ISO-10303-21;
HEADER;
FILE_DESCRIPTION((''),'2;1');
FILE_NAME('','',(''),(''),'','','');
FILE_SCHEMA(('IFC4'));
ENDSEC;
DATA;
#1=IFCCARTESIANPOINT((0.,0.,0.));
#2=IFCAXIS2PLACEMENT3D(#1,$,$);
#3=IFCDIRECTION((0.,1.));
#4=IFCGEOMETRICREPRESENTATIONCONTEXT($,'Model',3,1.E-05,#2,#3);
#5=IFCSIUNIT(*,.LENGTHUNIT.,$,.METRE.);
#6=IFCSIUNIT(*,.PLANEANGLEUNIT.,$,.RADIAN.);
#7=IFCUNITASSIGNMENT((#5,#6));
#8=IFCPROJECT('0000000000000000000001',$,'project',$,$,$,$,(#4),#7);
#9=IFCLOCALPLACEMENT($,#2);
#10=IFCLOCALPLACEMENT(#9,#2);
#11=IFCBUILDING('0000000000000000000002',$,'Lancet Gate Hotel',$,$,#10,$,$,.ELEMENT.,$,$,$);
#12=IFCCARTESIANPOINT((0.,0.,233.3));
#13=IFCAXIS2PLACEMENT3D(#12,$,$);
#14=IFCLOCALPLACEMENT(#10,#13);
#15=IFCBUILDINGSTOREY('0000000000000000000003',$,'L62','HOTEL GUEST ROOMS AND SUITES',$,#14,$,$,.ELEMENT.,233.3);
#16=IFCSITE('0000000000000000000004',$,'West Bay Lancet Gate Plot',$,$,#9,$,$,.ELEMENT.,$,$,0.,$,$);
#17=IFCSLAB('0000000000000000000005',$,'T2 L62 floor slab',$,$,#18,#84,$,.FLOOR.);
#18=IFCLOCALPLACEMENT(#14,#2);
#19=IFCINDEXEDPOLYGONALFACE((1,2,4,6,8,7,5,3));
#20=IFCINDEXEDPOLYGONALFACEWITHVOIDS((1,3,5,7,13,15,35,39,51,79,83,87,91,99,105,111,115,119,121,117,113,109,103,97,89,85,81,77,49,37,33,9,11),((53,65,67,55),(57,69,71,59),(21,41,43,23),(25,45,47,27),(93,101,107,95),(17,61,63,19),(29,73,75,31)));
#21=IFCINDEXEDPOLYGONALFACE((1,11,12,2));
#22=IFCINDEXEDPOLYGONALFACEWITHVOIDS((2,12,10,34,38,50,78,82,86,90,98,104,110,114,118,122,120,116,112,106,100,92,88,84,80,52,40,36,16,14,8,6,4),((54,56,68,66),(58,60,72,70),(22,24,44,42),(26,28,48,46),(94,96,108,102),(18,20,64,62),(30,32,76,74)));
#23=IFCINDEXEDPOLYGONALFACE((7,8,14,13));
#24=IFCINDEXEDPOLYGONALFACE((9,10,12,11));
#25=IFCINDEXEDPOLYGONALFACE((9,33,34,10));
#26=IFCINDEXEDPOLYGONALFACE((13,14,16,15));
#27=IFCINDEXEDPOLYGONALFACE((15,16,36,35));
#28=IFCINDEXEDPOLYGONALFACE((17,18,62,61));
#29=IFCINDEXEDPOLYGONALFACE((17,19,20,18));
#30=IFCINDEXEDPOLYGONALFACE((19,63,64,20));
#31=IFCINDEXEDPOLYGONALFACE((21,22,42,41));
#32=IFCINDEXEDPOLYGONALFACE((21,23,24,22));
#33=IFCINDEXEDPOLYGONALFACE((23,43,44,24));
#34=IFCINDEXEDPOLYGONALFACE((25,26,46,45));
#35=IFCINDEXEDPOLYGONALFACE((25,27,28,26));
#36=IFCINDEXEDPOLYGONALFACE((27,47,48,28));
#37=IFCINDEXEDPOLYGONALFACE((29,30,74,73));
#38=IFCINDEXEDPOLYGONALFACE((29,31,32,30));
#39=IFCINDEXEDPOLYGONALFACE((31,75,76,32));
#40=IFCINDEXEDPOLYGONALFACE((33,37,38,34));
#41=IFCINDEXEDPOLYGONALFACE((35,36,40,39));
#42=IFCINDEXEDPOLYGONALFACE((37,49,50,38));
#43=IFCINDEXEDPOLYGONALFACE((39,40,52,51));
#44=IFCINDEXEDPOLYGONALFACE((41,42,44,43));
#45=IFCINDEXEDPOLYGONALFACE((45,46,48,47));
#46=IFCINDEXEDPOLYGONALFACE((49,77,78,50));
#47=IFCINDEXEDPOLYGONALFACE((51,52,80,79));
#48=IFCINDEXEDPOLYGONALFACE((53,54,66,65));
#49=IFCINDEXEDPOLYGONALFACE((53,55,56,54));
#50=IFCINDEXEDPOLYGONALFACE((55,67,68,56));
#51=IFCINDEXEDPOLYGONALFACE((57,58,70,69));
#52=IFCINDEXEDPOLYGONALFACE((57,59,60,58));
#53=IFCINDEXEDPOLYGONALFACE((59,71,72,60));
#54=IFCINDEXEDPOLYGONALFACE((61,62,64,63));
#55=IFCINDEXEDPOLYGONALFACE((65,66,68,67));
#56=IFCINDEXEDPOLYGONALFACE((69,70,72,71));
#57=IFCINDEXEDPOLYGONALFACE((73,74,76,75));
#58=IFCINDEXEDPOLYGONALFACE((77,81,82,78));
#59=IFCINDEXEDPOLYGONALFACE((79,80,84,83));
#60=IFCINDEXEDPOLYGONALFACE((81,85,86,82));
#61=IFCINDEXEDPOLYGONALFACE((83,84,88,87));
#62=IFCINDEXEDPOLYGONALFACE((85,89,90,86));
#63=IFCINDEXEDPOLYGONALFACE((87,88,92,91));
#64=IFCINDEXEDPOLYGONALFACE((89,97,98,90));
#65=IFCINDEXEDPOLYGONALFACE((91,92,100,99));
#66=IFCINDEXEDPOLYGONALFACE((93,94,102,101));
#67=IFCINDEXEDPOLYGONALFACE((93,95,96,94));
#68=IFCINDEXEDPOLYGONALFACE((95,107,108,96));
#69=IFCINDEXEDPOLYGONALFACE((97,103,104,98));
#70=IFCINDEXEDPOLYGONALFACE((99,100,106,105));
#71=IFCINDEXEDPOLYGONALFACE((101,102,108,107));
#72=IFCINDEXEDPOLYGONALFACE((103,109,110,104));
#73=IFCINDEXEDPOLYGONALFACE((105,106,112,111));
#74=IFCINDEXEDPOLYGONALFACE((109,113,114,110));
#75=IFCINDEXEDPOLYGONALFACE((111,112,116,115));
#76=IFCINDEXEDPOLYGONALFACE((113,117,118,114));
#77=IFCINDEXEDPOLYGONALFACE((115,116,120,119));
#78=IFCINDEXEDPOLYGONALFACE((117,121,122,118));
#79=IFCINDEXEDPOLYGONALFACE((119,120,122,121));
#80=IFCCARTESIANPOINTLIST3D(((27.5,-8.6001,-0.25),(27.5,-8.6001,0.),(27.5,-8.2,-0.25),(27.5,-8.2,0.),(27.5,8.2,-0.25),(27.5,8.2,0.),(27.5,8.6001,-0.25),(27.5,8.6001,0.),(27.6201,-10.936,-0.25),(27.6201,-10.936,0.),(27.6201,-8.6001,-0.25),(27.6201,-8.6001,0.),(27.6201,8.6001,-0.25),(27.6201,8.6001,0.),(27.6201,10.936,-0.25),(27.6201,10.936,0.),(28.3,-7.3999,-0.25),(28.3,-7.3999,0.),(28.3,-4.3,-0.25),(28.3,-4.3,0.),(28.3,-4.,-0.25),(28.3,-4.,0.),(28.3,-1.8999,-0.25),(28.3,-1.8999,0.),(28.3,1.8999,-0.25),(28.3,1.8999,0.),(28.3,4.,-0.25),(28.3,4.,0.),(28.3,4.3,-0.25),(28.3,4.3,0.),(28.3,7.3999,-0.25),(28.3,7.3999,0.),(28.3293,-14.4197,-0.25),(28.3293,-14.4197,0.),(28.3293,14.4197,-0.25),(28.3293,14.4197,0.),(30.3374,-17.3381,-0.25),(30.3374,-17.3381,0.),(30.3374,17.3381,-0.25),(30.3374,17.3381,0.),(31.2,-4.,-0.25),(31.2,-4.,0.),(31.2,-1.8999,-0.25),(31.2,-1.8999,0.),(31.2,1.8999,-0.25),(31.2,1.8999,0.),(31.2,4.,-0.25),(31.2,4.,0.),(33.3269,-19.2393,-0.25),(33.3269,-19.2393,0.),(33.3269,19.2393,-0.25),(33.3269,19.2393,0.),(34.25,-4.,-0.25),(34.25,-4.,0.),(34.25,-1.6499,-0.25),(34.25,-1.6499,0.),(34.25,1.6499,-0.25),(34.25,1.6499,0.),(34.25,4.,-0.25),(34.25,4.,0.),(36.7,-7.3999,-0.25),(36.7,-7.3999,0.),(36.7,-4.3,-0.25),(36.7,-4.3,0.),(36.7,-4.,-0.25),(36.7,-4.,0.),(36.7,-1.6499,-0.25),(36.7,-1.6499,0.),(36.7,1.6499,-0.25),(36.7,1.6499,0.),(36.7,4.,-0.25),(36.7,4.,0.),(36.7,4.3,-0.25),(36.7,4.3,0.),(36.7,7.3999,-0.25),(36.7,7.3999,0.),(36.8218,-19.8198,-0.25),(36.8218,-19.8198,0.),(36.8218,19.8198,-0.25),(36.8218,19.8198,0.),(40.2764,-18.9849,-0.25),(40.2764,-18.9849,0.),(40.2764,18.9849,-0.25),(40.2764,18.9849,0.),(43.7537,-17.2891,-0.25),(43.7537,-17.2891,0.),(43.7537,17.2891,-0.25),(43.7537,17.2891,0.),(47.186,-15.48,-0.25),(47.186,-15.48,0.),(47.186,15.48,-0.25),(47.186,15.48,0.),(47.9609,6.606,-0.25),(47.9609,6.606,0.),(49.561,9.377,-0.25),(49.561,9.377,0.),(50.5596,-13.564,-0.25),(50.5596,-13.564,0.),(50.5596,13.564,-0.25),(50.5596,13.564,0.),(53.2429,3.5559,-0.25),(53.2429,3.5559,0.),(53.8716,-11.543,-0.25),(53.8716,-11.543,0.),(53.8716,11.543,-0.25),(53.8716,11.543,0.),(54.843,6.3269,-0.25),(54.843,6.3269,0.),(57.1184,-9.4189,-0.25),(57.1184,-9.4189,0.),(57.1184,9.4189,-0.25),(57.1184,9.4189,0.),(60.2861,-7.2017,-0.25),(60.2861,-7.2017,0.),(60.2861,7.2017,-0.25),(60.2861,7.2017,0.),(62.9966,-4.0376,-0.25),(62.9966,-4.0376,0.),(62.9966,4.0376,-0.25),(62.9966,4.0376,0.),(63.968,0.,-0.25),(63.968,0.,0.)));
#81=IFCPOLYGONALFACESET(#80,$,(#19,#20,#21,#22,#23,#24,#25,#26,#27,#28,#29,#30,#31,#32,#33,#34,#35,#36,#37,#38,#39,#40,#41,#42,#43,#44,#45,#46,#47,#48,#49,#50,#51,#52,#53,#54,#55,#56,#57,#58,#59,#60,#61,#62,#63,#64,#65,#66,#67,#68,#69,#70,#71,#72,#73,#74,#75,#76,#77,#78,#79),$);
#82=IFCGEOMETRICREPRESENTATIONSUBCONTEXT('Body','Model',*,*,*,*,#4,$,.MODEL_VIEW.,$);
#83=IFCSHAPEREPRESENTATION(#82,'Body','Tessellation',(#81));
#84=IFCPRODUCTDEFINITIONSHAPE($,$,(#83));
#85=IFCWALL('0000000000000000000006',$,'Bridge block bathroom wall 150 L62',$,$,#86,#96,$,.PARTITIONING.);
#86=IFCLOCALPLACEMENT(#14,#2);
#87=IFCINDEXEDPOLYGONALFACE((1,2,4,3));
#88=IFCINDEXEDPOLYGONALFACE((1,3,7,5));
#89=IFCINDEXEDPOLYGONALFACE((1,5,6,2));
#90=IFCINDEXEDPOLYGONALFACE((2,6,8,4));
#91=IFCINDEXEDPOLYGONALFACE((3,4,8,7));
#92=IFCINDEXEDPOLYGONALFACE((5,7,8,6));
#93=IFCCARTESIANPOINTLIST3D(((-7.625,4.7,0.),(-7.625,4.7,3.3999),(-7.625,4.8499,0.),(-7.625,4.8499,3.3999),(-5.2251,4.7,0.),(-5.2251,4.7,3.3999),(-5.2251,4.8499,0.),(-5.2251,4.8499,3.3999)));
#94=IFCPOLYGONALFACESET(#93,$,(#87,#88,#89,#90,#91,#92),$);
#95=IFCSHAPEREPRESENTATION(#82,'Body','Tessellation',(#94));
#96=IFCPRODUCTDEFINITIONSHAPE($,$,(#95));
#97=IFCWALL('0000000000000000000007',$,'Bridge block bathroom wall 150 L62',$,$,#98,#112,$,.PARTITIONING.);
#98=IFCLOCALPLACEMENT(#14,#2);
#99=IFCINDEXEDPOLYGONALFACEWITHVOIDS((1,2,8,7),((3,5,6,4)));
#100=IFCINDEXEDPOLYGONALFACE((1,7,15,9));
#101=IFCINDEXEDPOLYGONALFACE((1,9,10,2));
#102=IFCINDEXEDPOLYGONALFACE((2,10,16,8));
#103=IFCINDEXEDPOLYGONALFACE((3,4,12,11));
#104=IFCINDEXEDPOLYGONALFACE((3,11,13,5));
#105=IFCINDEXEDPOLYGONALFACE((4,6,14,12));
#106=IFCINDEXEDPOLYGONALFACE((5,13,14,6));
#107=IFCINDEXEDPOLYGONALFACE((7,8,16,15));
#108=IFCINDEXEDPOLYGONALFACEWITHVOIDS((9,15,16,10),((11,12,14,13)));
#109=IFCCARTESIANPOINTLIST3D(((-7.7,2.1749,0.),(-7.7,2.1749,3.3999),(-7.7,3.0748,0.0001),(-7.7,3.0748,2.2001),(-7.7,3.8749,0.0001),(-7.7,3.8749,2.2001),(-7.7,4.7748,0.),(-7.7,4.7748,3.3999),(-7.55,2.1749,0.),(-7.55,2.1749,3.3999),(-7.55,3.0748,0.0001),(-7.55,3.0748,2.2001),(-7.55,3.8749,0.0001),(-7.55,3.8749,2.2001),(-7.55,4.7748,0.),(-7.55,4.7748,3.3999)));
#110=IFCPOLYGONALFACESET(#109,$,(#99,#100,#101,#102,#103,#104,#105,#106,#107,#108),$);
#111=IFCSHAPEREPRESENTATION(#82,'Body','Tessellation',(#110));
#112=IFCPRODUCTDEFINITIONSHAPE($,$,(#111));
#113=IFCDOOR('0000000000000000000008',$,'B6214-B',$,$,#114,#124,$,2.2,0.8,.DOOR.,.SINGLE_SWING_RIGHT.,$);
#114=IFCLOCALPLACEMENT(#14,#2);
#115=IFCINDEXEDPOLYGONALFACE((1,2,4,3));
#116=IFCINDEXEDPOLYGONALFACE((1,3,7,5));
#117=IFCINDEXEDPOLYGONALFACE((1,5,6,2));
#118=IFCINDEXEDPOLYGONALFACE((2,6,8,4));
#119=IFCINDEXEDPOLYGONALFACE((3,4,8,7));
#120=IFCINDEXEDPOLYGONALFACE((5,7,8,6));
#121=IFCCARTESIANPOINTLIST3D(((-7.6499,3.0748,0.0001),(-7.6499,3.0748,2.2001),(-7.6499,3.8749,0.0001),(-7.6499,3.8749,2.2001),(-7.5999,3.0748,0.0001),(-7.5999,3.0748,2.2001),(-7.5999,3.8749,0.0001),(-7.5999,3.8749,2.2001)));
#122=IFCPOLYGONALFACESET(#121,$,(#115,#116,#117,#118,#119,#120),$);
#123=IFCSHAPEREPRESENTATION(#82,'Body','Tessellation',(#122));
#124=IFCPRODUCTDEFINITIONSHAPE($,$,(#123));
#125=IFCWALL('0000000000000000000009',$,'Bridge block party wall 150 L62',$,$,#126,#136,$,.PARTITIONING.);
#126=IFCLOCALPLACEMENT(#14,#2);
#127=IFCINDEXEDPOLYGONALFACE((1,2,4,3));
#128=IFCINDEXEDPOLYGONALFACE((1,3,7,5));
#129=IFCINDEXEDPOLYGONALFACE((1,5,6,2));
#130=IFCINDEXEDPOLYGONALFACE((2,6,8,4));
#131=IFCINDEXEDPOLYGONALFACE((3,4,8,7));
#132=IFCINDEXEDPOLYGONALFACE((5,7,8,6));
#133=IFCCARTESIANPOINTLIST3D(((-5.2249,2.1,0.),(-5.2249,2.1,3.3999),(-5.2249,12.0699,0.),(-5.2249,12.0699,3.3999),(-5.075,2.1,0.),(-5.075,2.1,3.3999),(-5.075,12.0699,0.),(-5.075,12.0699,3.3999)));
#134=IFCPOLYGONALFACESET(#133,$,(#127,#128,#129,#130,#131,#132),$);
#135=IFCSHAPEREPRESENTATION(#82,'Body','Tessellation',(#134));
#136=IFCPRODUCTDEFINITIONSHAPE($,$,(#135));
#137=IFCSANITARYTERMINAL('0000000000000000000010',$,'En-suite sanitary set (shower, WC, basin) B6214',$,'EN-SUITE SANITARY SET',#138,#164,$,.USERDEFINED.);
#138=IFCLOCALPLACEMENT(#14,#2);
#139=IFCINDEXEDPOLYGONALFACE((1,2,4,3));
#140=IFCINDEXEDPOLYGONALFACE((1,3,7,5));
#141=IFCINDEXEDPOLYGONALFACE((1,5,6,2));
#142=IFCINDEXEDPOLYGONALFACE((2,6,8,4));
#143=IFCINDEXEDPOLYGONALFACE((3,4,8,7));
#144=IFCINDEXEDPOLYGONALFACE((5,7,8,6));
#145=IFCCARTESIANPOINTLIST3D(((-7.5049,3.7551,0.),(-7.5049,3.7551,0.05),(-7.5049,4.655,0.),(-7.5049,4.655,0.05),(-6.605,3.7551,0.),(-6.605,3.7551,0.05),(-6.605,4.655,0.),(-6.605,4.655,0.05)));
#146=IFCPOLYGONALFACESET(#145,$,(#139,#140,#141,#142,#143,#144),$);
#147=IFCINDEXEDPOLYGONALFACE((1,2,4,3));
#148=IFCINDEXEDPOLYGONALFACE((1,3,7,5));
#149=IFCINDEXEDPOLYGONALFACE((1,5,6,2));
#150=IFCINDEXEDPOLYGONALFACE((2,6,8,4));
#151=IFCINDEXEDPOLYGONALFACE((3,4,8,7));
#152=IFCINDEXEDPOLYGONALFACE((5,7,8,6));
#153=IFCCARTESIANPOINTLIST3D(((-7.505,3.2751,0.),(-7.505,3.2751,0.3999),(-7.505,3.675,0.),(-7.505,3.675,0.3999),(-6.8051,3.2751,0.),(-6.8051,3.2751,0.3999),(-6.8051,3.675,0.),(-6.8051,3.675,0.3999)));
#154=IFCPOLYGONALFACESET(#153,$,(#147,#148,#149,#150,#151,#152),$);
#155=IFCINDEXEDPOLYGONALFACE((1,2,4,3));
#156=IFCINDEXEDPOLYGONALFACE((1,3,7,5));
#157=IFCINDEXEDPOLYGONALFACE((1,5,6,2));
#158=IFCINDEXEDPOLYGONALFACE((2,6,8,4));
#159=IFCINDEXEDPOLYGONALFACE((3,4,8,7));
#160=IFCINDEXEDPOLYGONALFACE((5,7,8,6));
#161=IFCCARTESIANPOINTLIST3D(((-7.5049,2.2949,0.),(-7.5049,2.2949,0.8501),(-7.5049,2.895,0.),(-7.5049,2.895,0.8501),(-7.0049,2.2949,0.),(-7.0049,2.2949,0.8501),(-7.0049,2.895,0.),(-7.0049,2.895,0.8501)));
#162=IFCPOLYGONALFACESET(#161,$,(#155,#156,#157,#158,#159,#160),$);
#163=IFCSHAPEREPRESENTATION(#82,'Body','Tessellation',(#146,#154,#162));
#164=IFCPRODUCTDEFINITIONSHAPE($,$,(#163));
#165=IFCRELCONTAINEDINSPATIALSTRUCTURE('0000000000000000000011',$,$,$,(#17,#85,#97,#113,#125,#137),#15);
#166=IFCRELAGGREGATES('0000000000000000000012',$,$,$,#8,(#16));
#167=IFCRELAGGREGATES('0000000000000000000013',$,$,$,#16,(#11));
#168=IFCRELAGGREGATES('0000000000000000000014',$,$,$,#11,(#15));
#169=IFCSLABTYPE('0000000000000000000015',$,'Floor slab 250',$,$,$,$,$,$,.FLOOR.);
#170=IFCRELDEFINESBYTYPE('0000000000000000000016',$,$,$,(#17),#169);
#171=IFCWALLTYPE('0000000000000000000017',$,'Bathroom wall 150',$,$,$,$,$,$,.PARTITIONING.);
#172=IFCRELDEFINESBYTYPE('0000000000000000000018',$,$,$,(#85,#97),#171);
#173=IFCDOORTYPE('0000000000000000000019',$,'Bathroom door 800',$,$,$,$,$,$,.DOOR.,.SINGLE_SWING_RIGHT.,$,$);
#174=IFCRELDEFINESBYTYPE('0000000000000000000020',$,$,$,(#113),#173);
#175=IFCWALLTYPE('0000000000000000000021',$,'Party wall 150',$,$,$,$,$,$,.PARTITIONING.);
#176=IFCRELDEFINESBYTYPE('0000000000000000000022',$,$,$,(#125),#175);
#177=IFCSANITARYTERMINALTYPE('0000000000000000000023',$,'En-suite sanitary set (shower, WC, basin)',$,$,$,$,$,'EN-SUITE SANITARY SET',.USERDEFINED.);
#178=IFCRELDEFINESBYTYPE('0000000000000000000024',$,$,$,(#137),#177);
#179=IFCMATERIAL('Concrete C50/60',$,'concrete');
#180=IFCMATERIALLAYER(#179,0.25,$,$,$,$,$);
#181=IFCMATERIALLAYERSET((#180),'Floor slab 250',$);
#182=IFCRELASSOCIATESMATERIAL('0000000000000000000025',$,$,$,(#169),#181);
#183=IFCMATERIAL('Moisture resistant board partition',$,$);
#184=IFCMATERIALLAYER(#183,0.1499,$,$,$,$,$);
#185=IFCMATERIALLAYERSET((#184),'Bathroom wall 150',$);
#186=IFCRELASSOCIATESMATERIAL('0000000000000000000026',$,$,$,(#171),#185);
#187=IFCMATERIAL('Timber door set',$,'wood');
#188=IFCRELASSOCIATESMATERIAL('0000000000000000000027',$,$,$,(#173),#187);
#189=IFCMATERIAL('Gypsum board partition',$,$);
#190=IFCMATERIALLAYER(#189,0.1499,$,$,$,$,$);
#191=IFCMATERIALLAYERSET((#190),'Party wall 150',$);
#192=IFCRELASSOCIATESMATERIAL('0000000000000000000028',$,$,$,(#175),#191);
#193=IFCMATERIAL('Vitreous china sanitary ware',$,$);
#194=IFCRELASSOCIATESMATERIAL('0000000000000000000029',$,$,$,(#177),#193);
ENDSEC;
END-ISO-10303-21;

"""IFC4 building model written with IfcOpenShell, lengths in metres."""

from ifc_helpers import new_model, si_unit, direction, frame, frame_2d, origin, origin_2d, place, context, subcontext, project, spatial, polyline, rectangle, outline, extrude, material, layer, layer_set, type_object, element, fill, save


model = new_model("IFC4")

# Units and contexts
model_context = context("Model", 3, precision=1e-05, world=origin(), true_north=direction((0.0, 1.0)))
body_context = subcontext(model_context, "Body", "Model", "MODEL_VIEW")
ifc_project = project(units=[si_unit("LENGTHUNIT", "METRE"), si_unit("PLANEANGLEUNIT", "RADIAN")], contexts=[model_context])

# Site, building, storey
site_placement = place(None, origin())
site = spatial("IfcSite", under=ifc_project, at=site_placement, Name="West Bay Lancet Gate Plot", CompositionType="ELEMENT", RefElevation=0.0)
building_placement = place(site_placement, origin())
building = spatial("IfcBuilding", under=site, at=building_placement, Name="Lancet Gate Hotel", CompositionType="ELEMENT")
storey_placement = place(building_placement, frame((0.0, 0.0, 233.3)))
storey = spatial("IfcBuildingStorey", under=building, at=storey_placement, Name="L62", Description="HOTEL GUEST ROOMS AND SUITES", CompositionType="ELEMENT", Elevation=233.3)

# Slab
ifc_material_1 = material(Name="Concrete C50/60", Category="concrete")
ifc_layer_1 = layer(ifc_material_1, 0.25)
ifc_layer_set_1 = layer_set([ifc_layer_1], Name="Floor slab 250")
slab_type_1 = type_object("IfcSlabType", Name="Floor slab 250", PredefinedType="FLOOR", material=ifc_layer_set_1)
slab_1_placement = place(storey_placement, frame((0.0, 0.0, -0.25)))
element("IfcSlab", 1, at=slab_1_placement, inside=storey, type_object=slab_type_1, Name="T2 L62 floor slab", PredefinedType="FLOOR", context=body_context, shape_type="SweptSolid", body=[
    extrude(outline(polyline([(27.5, -8.6001), (27.6201, -8.6001), (27.6201, -10.936), (28.3293, -14.4197), (30.3374, -17.3381), (33.3269, -19.2393), (36.8218, -19.8198), (40.2764, -18.9849), (43.7537, -17.2891), (47.186, -15.48), (50.5596, -13.564), (53.8716, -11.543), (57.1184, -9.4189), (60.2861, -7.2017), (62.9966, -4.0376), (63.968, 0.0), (62.9966, 4.0376), (60.2861, 7.2017), (57.1184, 9.4189), (53.8716, 11.543), (50.5596, 13.564), (47.186, 15.48), (43.7537, 17.2891), (40.2764, 18.9849), (36.8218, 19.8198), (33.3269, 19.2393), (30.3374, 17.3381), (28.3293, 14.4197), (27.6201, 10.936), (27.6201, 8.6001), (27.5, 8.6001), (27.5, 8.2), (27.5, -8.2), (27.5, -8.6001)]), holes=[polyline([(36.7, -7.3999), (36.7, -4.3), (28.3, -4.3), (28.3, -7.3999), (36.7, -7.3999)]), polyline([(28.3, -4.0), (31.2, -4.0), (31.2, -1.8999), (28.3, -1.8999), (28.3, -4.0)]), polyline([(34.25, -4.0), (36.7, -4.0), (36.7, -1.6499), (34.25, -1.6499), (34.25, -4.0)]), polyline([(36.7, 1.6499), (36.7, 4.0), (34.25, 4.0), (34.25, 1.6499), (36.7, 1.6499)]), polyline([(28.3, 1.8999), (31.2, 1.8999), (31.2, 4.0), (28.3, 4.0), (28.3, 1.8999)]), polyline([(28.3, 4.3), (36.7, 4.3), (36.7, 7.3999), (28.3, 7.3999), (28.3, 4.3)]), polyline([(53.2429, 3.5559), (54.843, 6.3269), (49.561, 9.377), (47.9609, 6.606), (53.2429, 3.5559)])]), origin(), (0.0, 0.0, 1.0), 0.25),
])

# Wall
ifc_material_2 = material(Name="Moisture resistant board partition")
ifc_layer_2 = layer(ifc_material_2, 0.1499)
ifc_layer_set_2 = layer_set([ifc_layer_2], Name="Bathroom wall 150")
wall_type_1 = type_object("IfcWallType", Name="Bathroom wall 150", PredefinedType="PARTITIONING", material=ifc_layer_set_2)
wall_1_placement = place(storey_placement, frame((-7.625, 4.7749, 0.0), z_axis=(0.0, 0.0, 1.0), x_axis=(1.0, 0.0, 0.0)))
element("IfcWall", 2, at=wall_1_placement, inside=storey, type_object=wall_type_1, Name="Bridge block bathroom wall 150 L62", PredefinedType="PARTITIONING", context=body_context, shape_type="SweptSolid", body=[
    extrude(rectangle(XDim=2.3999, YDim=0.1499, at=frame_2d((1.2, 0.0))), origin(), (0.0, 0.0, 1.0), 3.3999),
])

# Wall, opening, door
wall_2_placement = place(storey_placement, frame((-7.625, 2.175, 0.0), z_axis=(0.0, 0.0, 1.0), x_axis=(0.0, 1.0, 0.0)))
wall_2 = element("IfcWall", 3, at=wall_2_placement, inside=storey, type_object=wall_type_1, Name="Bridge block bathroom wall 150 L62", PredefinedType="PARTITIONING", context=body_context, shape_type="SweptSolid", body=[
    extrude(rectangle(XDim=2.5999, YDim=0.1499, at=frame_2d((1.2998, 0.0))), origin(), (0.0, 0.0, 1.0), 3.3999),
])
opening_placement = place(wall_2_placement, frame((0.8999, 0.0, 0.0)))
opening = element("IfcOpeningElement", 4, at=opening_placement, cuts=wall_2, PredefinedType="OPENING", context=body_context, shape_type="SweptSolid", body=[
    extrude(rectangle(XDim=0.8, YDim=2.2, at=frame_2d((0.3999, 1.1001))), frame((0.0, 0.085, 0.0), z_axis=(0.0, -1.0, 0.0), x_axis=(1.0, 0.0, 0.0)), (0.0, 0.0, 1.0), 0.1699),
])
ifc_material_3 = material(Name="Timber door set", Category="wood")
door_type = type_object("IfcDoorType", Name="Bathroom door 800", OperationType="SINGLE_SWING_RIGHT", PredefinedType="DOOR", material=ifc_material_3)
door_placement = place(opening_placement, origin())
door = element("IfcDoor", 5, at=door_placement, inside=storey, type_object=door_type, Name="B6214-B", OperationType="SINGLE_SWING_RIGHT", OverallHeight=2.2, OverallWidth=0.8, PredefinedType="DOOR", context=body_context, shape_type="SweptSolid", body=[
    extrude(rectangle(XDim=0.8, YDim=2.2, at=frame_2d((0.3999, 1.1001))), frame((0.0, 0.0249, 0.0), z_axis=(0.0, -1.0, 0.0), x_axis=(1.0, 0.0, 0.0)), (0.0, 0.0, 1.0), 0.05),
])
fill(opening, door)

# Wall
ifc_material_4 = material(Name="Gypsum board partition")
ifc_layer_3 = layer(ifc_material_4, 0.1499)
ifc_layer_set_3 = layer_set([ifc_layer_3], Name="Party wall 150")
wall_type_2 = type_object("IfcWallType", Name="Party wall 150", PredefinedType="PARTITIONING", material=ifc_layer_set_3)
wall_3_placement = place(storey_placement, frame((-5.1499, 2.1001, 0.0), z_axis=(0.0, 0.0, 1.0), x_axis=(0.0, 1.0, 0.0)))
element("IfcWall", 6, at=wall_3_placement, inside=storey, type_object=wall_type_2, Name="Bridge block party wall 150 L62", PredefinedType="PARTITIONING", context=body_context, shape_type="SweptSolid", body=[
    extrude(rectangle(XDim=9.97, YDim=0.1499, at=frame_2d((4.9849, 0.0))), origin(), (0.0, 0.0, 1.0), 3.3999),
])

# Sanitary terminal
ifc_material_5 = material(Name="Vitreous china sanitary ware")
sanitary_terminal_type = type_object("IfcSanitaryTerminalType", Name="En-suite sanitary set (shower, WC, basin)", ElementType="EN-SUITE SANITARY SET", PredefinedType="USERDEFINED", material=ifc_material_5)
sanitary_terminal_placement = place(storey_placement, frame((-7.0549, 4.2051, 0.0), z_axis=(0.0, 0.0, 1.0), x_axis=(1.0, 0.0, 0.0)))
element("IfcSanitaryTerminal", 7, at=sanitary_terminal_placement, inside=storey, type_object=sanitary_terminal_type, Name="En-suite sanitary set (shower, WC, basin) B6214", ObjectType="EN-SUITE SANITARY SET", PredefinedType="USERDEFINED", context=body_context, shape_type="SweptSolid", body=[
    extrude(rectangle(XDim=0.8999, YDim=0.8999, at=origin_2d()), frame((0.0, 0.0, 0.0), z_axis=(0.0, 0.0, 1.0), x_axis=(0.0, 1.0, 0.0)), (0.0, 0.0, 1.0), 0.05),
    extrude(rectangle(XDim=0.3999, YDim=0.7, at=origin_2d()), frame((-0.1001, -0.73, 0.0), z_axis=(0.0, 0.0, 1.0), x_axis=(0.0, 1.0, 0.0)), (0.0, 0.0, 1.0), 0.3999),
    extrude(rectangle(XDim=0.6001, YDim=0.5, at=origin_2d()), frame((-0.2, -1.6101, 0.0), z_axis=(0.0, 0.0, 1.0), x_axis=(0.0, 1.0, 0.0)), (0.0, 0.0, 1.0), 0.8501),
])

save(model, "model.ifc")
